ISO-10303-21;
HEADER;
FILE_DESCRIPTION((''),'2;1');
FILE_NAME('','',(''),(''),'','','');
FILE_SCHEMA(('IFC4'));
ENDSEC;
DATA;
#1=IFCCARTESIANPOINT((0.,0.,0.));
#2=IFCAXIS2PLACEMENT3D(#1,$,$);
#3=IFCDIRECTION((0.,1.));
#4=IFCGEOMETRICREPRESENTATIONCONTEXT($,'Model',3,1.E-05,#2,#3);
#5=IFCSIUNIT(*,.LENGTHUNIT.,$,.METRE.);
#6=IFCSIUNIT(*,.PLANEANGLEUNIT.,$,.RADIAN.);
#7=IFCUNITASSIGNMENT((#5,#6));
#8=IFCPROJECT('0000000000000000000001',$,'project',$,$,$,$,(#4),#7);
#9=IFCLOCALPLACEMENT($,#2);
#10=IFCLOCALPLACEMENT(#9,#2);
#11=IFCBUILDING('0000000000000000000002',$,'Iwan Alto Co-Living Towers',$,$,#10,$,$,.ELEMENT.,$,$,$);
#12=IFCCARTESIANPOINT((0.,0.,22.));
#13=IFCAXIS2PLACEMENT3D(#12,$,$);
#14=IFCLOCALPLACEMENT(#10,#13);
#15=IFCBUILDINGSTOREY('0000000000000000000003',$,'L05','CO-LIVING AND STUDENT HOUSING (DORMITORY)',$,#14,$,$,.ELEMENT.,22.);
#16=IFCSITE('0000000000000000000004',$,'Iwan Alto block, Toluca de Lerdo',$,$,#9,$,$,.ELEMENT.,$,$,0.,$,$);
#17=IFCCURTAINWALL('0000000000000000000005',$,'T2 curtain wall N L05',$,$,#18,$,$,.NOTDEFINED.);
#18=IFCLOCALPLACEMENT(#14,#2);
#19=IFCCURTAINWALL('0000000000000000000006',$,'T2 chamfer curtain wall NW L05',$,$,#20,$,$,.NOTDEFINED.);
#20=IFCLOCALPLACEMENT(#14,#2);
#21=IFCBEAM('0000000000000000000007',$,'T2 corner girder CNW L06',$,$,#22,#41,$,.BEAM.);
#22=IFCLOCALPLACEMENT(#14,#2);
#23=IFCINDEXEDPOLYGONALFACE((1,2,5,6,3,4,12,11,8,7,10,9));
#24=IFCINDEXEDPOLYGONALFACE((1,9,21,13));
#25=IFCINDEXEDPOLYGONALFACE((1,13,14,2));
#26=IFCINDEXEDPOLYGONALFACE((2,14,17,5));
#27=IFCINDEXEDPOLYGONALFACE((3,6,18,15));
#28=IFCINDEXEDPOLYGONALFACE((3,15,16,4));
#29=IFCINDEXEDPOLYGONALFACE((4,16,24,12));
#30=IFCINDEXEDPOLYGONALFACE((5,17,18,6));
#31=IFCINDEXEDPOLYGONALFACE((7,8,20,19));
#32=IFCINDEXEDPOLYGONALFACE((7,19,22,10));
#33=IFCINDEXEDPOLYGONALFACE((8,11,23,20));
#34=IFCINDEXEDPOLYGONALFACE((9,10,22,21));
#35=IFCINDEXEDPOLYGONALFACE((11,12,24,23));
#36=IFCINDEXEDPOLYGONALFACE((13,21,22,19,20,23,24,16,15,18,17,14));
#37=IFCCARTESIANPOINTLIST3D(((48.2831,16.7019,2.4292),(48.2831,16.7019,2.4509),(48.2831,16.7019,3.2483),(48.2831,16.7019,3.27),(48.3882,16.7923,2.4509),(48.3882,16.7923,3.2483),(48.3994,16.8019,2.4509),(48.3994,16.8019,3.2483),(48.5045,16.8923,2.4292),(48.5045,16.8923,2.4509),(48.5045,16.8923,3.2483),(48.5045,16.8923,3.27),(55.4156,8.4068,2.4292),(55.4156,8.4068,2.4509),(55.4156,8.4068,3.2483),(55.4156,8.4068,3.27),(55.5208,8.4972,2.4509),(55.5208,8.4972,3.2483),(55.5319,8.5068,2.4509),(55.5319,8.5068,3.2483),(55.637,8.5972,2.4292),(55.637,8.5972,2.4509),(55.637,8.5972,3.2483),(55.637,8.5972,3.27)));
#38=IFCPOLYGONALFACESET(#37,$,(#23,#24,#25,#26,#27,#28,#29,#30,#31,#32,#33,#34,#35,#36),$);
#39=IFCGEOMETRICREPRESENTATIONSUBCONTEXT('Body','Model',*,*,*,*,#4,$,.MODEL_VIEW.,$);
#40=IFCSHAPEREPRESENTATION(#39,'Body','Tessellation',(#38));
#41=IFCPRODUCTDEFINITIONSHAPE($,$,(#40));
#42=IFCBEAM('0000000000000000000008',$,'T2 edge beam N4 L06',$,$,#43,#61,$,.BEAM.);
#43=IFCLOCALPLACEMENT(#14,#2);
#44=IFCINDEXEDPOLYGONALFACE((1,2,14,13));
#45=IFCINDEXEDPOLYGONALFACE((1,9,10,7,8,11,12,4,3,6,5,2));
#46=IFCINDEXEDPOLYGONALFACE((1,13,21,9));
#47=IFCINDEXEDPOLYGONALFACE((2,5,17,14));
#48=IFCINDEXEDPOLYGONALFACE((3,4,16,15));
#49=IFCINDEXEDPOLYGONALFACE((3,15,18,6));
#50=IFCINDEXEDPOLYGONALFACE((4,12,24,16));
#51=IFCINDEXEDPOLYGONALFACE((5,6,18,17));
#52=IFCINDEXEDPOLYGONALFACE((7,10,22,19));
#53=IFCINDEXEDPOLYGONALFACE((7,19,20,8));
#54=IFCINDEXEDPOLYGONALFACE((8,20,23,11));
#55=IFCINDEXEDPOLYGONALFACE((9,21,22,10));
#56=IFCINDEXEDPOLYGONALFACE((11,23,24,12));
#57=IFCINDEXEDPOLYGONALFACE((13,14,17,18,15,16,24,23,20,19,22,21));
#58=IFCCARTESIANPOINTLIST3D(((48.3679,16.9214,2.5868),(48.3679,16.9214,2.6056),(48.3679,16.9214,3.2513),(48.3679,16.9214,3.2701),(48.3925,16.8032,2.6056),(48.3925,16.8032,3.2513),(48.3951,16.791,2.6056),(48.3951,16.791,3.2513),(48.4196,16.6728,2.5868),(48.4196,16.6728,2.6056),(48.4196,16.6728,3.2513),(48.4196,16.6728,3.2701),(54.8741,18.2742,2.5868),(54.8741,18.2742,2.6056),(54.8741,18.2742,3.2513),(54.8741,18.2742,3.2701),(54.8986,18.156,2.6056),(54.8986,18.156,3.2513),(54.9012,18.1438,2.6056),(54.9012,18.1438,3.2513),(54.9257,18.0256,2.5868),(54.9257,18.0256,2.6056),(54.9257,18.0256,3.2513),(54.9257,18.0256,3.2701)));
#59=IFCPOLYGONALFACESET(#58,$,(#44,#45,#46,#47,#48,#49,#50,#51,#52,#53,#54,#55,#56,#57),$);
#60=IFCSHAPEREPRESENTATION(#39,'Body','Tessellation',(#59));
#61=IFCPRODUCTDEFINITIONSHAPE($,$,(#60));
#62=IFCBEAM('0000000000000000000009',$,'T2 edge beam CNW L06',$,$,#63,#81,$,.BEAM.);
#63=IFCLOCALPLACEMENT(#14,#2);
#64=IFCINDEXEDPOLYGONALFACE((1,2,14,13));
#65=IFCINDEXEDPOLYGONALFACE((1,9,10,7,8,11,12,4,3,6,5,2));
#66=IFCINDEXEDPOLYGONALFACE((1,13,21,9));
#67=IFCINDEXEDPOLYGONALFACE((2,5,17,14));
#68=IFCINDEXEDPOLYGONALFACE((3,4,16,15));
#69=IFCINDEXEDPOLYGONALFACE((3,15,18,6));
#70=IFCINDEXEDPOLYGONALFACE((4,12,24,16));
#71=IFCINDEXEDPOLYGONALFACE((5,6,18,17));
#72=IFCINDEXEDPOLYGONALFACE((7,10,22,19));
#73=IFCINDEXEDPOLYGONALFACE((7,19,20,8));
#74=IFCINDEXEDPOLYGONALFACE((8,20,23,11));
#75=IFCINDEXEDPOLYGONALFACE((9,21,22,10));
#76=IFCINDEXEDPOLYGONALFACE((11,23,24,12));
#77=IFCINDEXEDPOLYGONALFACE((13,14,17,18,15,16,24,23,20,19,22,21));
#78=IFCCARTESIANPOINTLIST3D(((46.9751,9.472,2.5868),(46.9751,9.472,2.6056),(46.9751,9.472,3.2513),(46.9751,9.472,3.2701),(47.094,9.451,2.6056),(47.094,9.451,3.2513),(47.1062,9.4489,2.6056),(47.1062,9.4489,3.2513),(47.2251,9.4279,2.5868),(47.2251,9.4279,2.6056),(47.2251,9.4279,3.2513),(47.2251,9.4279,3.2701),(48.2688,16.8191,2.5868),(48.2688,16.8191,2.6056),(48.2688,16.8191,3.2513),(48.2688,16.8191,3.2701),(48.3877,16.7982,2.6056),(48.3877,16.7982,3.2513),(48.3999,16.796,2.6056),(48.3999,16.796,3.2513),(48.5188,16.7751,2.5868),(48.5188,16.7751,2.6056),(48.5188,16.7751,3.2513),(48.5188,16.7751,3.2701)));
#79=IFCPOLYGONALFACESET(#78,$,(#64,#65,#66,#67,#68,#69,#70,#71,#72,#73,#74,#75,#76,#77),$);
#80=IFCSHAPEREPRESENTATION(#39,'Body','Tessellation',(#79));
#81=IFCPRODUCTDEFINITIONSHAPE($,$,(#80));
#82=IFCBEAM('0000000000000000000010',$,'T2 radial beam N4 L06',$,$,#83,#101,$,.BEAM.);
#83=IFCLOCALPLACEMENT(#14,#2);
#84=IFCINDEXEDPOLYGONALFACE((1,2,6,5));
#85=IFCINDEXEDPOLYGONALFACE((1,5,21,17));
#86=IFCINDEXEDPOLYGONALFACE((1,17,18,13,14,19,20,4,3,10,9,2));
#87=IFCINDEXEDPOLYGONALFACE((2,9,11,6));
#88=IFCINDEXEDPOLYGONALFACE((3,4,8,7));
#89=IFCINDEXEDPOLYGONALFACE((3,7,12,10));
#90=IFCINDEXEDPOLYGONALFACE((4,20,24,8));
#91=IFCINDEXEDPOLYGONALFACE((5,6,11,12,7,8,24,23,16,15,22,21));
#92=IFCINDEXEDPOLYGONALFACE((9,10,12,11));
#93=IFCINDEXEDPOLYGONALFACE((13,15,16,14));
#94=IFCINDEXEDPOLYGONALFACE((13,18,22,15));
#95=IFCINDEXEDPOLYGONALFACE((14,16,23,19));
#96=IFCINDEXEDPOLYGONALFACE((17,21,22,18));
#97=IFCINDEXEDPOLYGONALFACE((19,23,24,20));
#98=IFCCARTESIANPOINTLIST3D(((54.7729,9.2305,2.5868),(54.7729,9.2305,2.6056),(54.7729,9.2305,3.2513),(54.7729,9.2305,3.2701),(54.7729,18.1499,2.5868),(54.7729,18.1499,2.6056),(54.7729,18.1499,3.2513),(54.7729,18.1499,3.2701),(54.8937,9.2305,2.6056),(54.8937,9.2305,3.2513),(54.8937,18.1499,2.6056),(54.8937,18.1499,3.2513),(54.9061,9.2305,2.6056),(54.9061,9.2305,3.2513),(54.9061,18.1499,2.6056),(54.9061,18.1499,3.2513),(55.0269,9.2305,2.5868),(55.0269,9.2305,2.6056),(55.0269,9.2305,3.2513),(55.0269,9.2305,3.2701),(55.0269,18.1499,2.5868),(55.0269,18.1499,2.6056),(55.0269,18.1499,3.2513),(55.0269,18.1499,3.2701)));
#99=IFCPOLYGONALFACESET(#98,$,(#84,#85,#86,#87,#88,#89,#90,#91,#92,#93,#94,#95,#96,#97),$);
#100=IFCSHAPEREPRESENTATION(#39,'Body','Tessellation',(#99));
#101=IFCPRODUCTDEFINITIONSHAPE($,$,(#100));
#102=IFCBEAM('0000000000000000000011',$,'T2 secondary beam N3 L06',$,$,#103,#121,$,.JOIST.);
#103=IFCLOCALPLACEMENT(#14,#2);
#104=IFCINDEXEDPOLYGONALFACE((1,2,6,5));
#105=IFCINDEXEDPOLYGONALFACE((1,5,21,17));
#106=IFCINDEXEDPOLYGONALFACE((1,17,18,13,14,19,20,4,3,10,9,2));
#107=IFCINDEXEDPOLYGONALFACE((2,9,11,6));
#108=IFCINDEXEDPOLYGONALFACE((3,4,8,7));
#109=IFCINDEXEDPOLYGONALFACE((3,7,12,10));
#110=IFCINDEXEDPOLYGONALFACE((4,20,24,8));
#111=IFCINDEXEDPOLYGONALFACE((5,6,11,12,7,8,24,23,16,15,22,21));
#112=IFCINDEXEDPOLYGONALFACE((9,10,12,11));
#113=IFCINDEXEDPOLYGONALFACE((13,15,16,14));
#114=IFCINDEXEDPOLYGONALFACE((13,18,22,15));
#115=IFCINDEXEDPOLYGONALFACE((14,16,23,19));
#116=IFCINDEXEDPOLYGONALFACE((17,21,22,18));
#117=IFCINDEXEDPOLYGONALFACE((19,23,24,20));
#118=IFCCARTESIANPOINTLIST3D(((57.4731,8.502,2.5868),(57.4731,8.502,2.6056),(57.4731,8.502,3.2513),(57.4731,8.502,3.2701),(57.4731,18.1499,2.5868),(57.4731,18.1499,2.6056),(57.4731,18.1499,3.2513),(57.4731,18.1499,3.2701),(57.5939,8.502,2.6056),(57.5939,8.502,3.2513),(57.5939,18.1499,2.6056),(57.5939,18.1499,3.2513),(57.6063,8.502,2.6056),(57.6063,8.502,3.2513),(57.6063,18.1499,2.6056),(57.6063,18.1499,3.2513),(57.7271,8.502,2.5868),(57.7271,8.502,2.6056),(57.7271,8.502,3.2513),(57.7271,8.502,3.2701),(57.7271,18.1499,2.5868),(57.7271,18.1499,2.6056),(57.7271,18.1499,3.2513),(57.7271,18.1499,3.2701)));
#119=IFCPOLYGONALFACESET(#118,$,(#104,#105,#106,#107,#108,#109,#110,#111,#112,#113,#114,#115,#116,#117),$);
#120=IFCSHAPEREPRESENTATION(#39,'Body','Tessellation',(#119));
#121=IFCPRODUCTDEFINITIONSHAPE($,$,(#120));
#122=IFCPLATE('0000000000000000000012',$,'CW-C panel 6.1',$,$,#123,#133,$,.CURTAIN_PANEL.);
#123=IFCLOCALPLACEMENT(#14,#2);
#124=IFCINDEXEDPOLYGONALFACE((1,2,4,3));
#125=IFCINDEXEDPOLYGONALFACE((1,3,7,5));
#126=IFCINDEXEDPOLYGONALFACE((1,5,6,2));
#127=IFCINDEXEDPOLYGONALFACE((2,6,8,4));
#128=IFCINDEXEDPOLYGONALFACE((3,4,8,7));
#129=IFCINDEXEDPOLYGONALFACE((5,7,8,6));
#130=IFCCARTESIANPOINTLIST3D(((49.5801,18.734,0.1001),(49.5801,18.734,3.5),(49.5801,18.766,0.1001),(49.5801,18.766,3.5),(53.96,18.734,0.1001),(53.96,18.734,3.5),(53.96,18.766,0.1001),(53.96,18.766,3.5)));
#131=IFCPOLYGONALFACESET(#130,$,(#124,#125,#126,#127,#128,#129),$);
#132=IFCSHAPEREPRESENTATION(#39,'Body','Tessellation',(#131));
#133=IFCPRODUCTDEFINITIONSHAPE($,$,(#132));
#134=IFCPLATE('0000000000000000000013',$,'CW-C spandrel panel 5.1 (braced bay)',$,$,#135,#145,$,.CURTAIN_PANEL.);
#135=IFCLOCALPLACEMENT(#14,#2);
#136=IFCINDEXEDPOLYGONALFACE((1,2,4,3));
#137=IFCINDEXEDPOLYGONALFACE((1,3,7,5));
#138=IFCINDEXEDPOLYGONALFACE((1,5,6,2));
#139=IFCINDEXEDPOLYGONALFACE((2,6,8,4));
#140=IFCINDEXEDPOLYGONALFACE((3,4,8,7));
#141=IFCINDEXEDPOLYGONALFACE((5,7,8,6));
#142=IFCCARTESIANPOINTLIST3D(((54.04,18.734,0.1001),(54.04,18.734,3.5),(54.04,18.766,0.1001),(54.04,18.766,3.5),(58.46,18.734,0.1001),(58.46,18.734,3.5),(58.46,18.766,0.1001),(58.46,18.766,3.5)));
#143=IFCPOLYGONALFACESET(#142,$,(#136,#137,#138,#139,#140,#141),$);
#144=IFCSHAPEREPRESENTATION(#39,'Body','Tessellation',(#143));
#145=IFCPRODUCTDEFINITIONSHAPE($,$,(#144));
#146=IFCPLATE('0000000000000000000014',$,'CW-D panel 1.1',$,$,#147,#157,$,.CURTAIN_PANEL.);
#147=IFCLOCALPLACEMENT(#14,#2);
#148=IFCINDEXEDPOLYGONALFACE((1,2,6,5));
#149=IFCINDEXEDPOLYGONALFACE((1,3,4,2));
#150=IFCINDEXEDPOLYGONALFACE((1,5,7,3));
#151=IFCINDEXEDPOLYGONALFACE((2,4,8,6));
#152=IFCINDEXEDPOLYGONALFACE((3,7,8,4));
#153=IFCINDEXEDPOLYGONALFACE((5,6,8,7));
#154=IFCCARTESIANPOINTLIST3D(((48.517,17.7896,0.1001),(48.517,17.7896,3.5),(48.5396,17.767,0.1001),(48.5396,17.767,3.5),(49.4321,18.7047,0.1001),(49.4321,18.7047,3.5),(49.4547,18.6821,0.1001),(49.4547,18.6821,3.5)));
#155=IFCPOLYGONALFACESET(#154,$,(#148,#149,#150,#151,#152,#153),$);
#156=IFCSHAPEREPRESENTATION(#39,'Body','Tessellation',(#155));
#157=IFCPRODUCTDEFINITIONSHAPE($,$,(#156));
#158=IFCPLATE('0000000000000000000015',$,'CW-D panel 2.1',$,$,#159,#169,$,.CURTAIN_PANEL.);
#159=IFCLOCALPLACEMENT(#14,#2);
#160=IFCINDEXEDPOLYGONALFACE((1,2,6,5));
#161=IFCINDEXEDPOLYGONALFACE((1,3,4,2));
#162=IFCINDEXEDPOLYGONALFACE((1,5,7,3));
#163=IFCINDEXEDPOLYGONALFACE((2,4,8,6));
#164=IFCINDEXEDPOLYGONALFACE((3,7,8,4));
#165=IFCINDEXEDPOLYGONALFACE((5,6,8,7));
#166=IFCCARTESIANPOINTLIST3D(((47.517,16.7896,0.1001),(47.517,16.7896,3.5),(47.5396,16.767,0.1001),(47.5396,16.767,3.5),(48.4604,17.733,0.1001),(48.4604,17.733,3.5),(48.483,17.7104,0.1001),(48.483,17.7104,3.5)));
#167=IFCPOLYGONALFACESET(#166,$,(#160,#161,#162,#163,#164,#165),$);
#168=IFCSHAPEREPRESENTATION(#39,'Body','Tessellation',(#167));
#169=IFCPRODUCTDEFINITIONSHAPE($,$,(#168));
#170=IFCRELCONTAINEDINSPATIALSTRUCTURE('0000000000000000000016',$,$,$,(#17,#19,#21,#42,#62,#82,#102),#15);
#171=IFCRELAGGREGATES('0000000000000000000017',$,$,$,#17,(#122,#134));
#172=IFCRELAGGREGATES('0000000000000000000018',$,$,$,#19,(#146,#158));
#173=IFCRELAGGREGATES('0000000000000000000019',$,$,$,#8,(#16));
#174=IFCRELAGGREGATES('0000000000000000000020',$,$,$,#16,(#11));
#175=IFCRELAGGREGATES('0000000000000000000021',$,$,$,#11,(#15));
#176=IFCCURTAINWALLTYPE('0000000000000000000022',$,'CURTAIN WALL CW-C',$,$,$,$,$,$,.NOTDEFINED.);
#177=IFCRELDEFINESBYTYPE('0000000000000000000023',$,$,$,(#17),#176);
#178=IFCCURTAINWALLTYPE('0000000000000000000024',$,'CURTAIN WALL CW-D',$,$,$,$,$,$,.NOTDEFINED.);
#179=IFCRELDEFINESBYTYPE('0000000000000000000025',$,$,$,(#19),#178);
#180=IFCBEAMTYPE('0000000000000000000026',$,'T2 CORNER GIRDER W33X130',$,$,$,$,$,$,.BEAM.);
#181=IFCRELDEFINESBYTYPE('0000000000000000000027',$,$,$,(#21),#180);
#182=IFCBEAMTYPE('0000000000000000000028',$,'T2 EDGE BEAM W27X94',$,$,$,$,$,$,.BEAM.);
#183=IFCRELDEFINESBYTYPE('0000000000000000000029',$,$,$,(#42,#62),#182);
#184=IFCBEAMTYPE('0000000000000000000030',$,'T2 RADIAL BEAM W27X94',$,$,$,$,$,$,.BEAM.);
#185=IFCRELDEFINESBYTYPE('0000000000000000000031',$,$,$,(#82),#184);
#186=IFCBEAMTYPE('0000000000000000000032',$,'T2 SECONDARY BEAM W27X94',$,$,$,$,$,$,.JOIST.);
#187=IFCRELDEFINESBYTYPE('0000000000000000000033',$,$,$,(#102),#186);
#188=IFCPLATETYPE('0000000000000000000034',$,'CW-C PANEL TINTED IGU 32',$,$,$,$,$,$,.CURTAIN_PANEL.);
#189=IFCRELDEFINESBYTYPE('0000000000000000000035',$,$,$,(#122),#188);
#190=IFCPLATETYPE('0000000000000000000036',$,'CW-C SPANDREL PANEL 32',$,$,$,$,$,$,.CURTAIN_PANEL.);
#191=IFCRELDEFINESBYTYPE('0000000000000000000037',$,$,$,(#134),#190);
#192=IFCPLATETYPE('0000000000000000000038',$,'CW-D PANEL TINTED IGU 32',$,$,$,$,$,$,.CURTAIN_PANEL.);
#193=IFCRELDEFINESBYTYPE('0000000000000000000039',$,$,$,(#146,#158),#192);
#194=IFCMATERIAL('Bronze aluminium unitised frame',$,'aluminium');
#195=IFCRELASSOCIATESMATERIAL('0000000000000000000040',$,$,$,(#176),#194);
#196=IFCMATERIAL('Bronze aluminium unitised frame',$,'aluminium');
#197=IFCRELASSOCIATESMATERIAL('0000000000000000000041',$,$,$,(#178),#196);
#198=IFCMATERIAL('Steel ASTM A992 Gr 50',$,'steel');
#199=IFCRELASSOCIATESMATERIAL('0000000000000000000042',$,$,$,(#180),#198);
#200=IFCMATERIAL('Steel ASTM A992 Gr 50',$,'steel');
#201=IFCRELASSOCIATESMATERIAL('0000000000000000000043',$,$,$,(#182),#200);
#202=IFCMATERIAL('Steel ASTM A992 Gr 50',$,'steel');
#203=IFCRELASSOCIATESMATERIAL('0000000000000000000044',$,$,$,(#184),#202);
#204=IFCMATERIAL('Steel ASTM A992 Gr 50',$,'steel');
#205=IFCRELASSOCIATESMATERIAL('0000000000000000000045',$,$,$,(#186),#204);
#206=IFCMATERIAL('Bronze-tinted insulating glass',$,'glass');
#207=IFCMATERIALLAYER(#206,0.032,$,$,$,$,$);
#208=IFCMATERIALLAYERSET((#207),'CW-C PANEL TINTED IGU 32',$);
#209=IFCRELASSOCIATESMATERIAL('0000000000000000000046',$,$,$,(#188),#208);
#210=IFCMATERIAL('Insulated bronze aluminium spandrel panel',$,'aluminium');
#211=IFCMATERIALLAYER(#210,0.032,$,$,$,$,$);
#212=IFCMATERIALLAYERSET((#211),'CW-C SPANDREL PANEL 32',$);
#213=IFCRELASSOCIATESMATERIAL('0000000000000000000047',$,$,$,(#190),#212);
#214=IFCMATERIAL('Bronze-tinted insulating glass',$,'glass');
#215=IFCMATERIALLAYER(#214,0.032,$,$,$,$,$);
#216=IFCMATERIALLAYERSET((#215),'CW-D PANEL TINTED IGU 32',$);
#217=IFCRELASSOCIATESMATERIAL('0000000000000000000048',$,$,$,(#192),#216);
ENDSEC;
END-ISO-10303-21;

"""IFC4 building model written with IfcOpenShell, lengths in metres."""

from ifc_helpers import new_model, si_unit, direction, frame, origin, origin_2d, place, context, subcontext, project, spatial, rectangle, i_section, extrude, material, layer, layer_set, material_profile, profile_set, type_object, element, aggregate, save


model = new_model("IFC4")

# Units and contexts
model_context = context("Model", 3, precision=1e-05, world=origin(), true_north=direction((0.0, 1.0)))
body_context = subcontext(model_context, "Body", "Model", "MODEL_VIEW")
ifc_project = project(units=[si_unit("LENGTHUNIT", "METRE"), si_unit("PLANEANGLEUNIT", "RADIAN")], contexts=[model_context])

# Site, building, storey
site_placement = place(None, origin())
site = spatial("IfcSite", under=ifc_project, at=site_placement, Name="Iwan Alto block, Toluca de Lerdo", CompositionType="ELEMENT", RefElevation=0.0)
building_placement = place(site_placement, origin())
building = spatial("IfcBuilding", under=site, at=building_placement, Name="Iwan Alto Co-Living Towers", CompositionType="ELEMENT")
storey_placement = place(building_placement, frame((0.0, 0.0, 22.0)))
storey = spatial("IfcBuildingStorey", under=building, at=storey_placement, Name="L05", Description="CO-LIVING AND STUDENT HOUSING (DORMITORY)", CompositionType="ELEMENT", Elevation=22.0)

# Curtain walls
ifc_material_1 = material(Name="Bronze aluminium unitised frame", Category="aluminium")
curtain_wall_type_1 = type_object("IfcCurtainWallType", Name="CURTAIN WALL CW-C", PredefinedType="NOTDEFINED", material=ifc_material_1)
curtain_wall_1_placement = place(storey_placement, origin())
curtain_wall_1 = element("IfcCurtainWall", 1, at=curtain_wall_1_placement, inside=storey, type_object=curtain_wall_type_1, Name="T2 curtain wall N L05", PredefinedType="NOTDEFINED")
ifc_material_2 = material(Name="Bronze aluminium unitised frame", Category="aluminium")
curtain_wall_type_2 = type_object("IfcCurtainWallType", Name="CURTAIN WALL CW-D", PredefinedType="NOTDEFINED", material=ifc_material_2)
curtain_wall_2_placement = place(storey_placement, origin())
curtain_wall_2 = element("IfcCurtainWall", 2, at=curtain_wall_2_placement, inside=storey, type_object=curtain_wall_type_2, Name="T2 chamfer curtain wall NW L05", PredefinedType="NOTDEFINED")

# Beams
ifc_material_3 = material(Name="Steel ASTM A992 Gr 50", Category="steel")
ifc_material_profile_1 = material_profile(ifc_material_3, i_section(OverallWidth=0.292, OverallDepth=0.8408, WebThickness=0.0146, FlangeThickness=0.0217, at=origin_2d()), Name="W33X130")
ifc_profile_set_1 = profile_set([ifc_material_profile_1], Name="Steel ASTM A992 Gr 50")
beam_type_1 = type_object("IfcBeamType", Name="T2 CORNER GIRDER W33X130", PredefinedType="BEAM", material=ifc_profile_set_1)
beam_1_placement = place(storey_placement, frame((48.3938, 16.7971, 2.8496), z_axis=(0.651972, -0.758243, 0.0), x_axis=(0.758243, 0.651972, 0.0)))
element("IfcBeam", 3, at=beam_1_placement, inside=storey, type_object=beam_type_1, Name="T2 corner girder CNW L06", PredefinedType="BEAM", context=body_context, shape_type="SweptSolid", body=[
    extrude(i_section(OverallWidth=0.292, OverallDepth=0.8408, WebThickness=0.0146, FlangeThickness=0.0217, at=origin_2d()), origin(), (0.0, 0.0, 1.0), 10.9399),
])
ifc_material_4 = material(Name="Steel ASTM A992 Gr 50", Category="steel")
ifc_material_profile_2 = material_profile(ifc_material_4, i_section(OverallWidth=0.2539, OverallDepth=0.6833, WebThickness=0.0125, FlangeThickness=0.0188, at=origin_2d()), Name="W27X94")
ifc_profile_set_2 = profile_set([ifc_material_profile_2], Name="Steel ASTM A992 Gr 50")
beam_type_2 = type_object("IfcBeamType", Name="T2 EDGE BEAM W27X94", PredefinedType="BEAM", material=ifc_profile_set_2)
beam_2_placement = place(storey_placement, frame((54.8999, 18.1499, 2.9285), z_axis=(-0.97906, -0.203571, 0.0), x_axis=(0.203571, -0.97906, 0.0)))
element("IfcBeam", 4, at=beam_2_placement, inside=storey, type_object=beam_type_2, Name="T2 edge beam N4 L06", PredefinedType="BEAM", context=body_context, shape_type="SweptSolid", body=[
    extrude(i_section(OverallWidth=0.2539, OverallDepth=0.6833, WebThickness=0.0125, FlangeThickness=0.0188, at=origin_2d()), origin(), (0.0, 0.0, 1.0), 6.6453),
])
beam_3_placement = place(storey_placement, frame((48.3938, 16.7971, 2.9285), z_axis=(-0.173414, -0.984849, 0.0), x_axis=(0.984849, -0.173414, 0.0)))
element("IfcBeam", 5, at=beam_3_placement, inside=storey, type_object=beam_type_2, Name="T2 edge beam CNW L06", PredefinedType="BEAM", context=body_context, shape_type="SweptSolid", body=[
    extrude(i_section(OverallWidth=0.2539, OverallDepth=0.6833, WebThickness=0.0125, FlangeThickness=0.0188, at=origin_2d()), origin(), (0.0, 0.0, 1.0), 7.4602),
])
ifc_material_5 = material(Name="Steel ASTM A992 Gr 50", Category="steel")
ifc_material_profile_3 = material_profile(ifc_material_5, i_section(OverallWidth=0.2539, OverallDepth=0.6833, WebThickness=0.0125, FlangeThickness=0.0188, at=origin_2d()), Name="W27X94")
ifc_profile_set_3 = profile_set([ifc_material_profile_3], Name="Steel ASTM A992 Gr 50")
beam_type_3 = type_object("IfcBeamType", Name="T2 RADIAL BEAM W27X94", PredefinedType="BEAM", material=ifc_profile_set_3)
beam_4_placement = place(storey_placement, frame((54.8999, 18.1499, 2.9285), z_axis=(0.0, -1.0, 0.0), x_axis=(1.0, 0.0, 0.0)))
element("IfcBeam", 6, at=beam_4_placement, inside=storey, type_object=beam_type_3, Name="T2 radial beam N4 L06", PredefinedType="BEAM", context=body_context, shape_type="SweptSolid", body=[
    extrude(i_section(OverallWidth=0.2539, OverallDepth=0.6833, WebThickness=0.0125, FlangeThickness=0.0188, at=origin_2d()), origin(), (0.0, 0.0, 1.0), 8.9194),
])
ifc_material_6 = material(Name="Steel ASTM A992 Gr 50", Category="steel")
ifc_material_profile_4 = material_profile(ifc_material_6, i_section(OverallWidth=0.2539, OverallDepth=0.6833, WebThickness=0.0125, FlangeThickness=0.0188, at=origin_2d()), Name="W27X94")
ifc_profile_set_4 = profile_set([ifc_material_profile_4], Name="Steel ASTM A992 Gr 50")
beam_type_4 = type_object("IfcBeamType", Name="T2 SECONDARY BEAM W27X94", PredefinedType="JOIST", material=ifc_profile_set_4)
beam_5_placement = place(storey_placement, frame((57.6001, 18.1499, 2.9285), z_axis=(0.0, -1.0, 0.0), x_axis=(1.0, 0.0, 0.0)))
element("IfcBeam", 7, at=beam_5_placement, inside=storey, type_object=beam_type_4, Name="T2 secondary beam N3 L06", PredefinedType="JOIST", context=body_context, shape_type="SweptSolid", body=[
    extrude(i_section(OverallWidth=0.2539, OverallDepth=0.6833, WebThickness=0.0125, FlangeThickness=0.0188, at=origin_2d()), origin(), (0.0, 0.0, 1.0), 9.6479),
])

# Plates
ifc_material_7 = material(Name="Bronze-tinted insulating glass", Category="glass")
ifc_layer_1 = layer(ifc_material_7, 0.032)
ifc_layer_set_1 = layer_set([ifc_layer_1], Name="CW-C PANEL TINTED IGU 32")
plate_type_1 = type_object("IfcPlateType", Name="CW-C PANEL TINTED IGU 32", PredefinedType="CURTAIN_PANEL", material=ifc_layer_set_1)
plate_1_placement = place(storey_placement, frame((51.77, 18.75, 0.1001), z_axis=(0.0, 0.0, 1.0), x_axis=(-1.0, 0.0, 0.0)))
plate_1 = element("IfcPlate", 8, at=plate_1_placement, type_object=plate_type_1, Name="CW-C panel 6.1", PredefinedType="CURTAIN_PANEL", context=body_context, shape_type="SweptSolid", body=[
    extrude(rectangle(XDim=4.3799, YDim=0.032, at=origin_2d()), origin(), (0.0, 0.0, 1.0), 3.3999),
])
ifc_material_8 = material(Name="Insulated bronze aluminium spandrel panel", Category="aluminium")
ifc_layer_2 = layer(ifc_material_8, 0.032)
ifc_layer_set_2 = layer_set([ifc_layer_2], Name="CW-C SPANDREL PANEL 32")
plate_type_2 = type_object("IfcPlateType", Name="CW-C SPANDREL PANEL 32", PredefinedType="CURTAIN_PANEL", material=ifc_layer_set_2)
plate_2_placement = place(storey_placement, frame((56.25, 18.75, 0.1001), z_axis=(0.0, 0.0, 1.0), x_axis=(-1.0, 0.0, 0.0)))
plate_2 = element("IfcPlate", 9, at=plate_2_placement, type_object=plate_type_2, Name="CW-C spandrel panel 5.1 (braced bay)", PredefinedType="CURTAIN_PANEL", context=body_context, shape_type="SweptSolid", body=[
    extrude(rectangle(XDim=4.4199, YDim=0.032, at=origin_2d()), origin(), (0.0, 0.0, 1.0), 3.3999),
])
aggregate(curtain_wall_1, [plate_1, plate_2])
ifc_material_9 = material(Name="Bronze-tinted insulating glass", Category="glass")
ifc_layer_3 = layer(ifc_material_9, 0.032)
ifc_layer_set_3 = layer_set([ifc_layer_3], Name="CW-D PANEL TINTED IGU 32")
plate_type_3 = type_object("IfcPlateType", Name="CW-D PANEL TINTED IGU 32", PredefinedType="CURTAIN_PANEL", material=ifc_layer_set_3)
plate_3_placement = place(storey_placement, frame((48.9858, 18.2358, 0.1001), z_axis=(0.0, 0.0, 1.0), x_axis=(-0.707107, -0.707107, 0.0)))
plate_3 = element("IfcPlate", 10, at=plate_3_placement, type_object=plate_type_3, Name="CW-D panel 1.1", PredefinedType="CURTAIN_PANEL", context=body_context, shape_type="SweptSolid", body=[
    extrude(rectangle(XDim=1.2942, YDim=0.032, at=origin_2d()), origin(), (0.0, 0.0, 1.0), 3.3999),
])
plate_4_placement = place(storey_placement, frame((48.0, 17.25, 0.1001), z_axis=(0.0, 0.0, 1.0), x_axis=(-0.707107, -0.707107, 0.0)))
plate_4 = element("IfcPlate", 11, at=plate_4_placement, type_object=plate_type_3, Name="CW-D panel 2.1", PredefinedType="CURTAIN_PANEL", context=body_context, shape_type="SweptSolid", body=[
    extrude(rectangle(XDim=1.3342, YDim=0.032, at=origin_2d()), origin(), (0.0, 0.0, 1.0), 3.3999),
])
aggregate(curtain_wall_2, [plate_3, plate_4])

save(model, "model.ifc")
